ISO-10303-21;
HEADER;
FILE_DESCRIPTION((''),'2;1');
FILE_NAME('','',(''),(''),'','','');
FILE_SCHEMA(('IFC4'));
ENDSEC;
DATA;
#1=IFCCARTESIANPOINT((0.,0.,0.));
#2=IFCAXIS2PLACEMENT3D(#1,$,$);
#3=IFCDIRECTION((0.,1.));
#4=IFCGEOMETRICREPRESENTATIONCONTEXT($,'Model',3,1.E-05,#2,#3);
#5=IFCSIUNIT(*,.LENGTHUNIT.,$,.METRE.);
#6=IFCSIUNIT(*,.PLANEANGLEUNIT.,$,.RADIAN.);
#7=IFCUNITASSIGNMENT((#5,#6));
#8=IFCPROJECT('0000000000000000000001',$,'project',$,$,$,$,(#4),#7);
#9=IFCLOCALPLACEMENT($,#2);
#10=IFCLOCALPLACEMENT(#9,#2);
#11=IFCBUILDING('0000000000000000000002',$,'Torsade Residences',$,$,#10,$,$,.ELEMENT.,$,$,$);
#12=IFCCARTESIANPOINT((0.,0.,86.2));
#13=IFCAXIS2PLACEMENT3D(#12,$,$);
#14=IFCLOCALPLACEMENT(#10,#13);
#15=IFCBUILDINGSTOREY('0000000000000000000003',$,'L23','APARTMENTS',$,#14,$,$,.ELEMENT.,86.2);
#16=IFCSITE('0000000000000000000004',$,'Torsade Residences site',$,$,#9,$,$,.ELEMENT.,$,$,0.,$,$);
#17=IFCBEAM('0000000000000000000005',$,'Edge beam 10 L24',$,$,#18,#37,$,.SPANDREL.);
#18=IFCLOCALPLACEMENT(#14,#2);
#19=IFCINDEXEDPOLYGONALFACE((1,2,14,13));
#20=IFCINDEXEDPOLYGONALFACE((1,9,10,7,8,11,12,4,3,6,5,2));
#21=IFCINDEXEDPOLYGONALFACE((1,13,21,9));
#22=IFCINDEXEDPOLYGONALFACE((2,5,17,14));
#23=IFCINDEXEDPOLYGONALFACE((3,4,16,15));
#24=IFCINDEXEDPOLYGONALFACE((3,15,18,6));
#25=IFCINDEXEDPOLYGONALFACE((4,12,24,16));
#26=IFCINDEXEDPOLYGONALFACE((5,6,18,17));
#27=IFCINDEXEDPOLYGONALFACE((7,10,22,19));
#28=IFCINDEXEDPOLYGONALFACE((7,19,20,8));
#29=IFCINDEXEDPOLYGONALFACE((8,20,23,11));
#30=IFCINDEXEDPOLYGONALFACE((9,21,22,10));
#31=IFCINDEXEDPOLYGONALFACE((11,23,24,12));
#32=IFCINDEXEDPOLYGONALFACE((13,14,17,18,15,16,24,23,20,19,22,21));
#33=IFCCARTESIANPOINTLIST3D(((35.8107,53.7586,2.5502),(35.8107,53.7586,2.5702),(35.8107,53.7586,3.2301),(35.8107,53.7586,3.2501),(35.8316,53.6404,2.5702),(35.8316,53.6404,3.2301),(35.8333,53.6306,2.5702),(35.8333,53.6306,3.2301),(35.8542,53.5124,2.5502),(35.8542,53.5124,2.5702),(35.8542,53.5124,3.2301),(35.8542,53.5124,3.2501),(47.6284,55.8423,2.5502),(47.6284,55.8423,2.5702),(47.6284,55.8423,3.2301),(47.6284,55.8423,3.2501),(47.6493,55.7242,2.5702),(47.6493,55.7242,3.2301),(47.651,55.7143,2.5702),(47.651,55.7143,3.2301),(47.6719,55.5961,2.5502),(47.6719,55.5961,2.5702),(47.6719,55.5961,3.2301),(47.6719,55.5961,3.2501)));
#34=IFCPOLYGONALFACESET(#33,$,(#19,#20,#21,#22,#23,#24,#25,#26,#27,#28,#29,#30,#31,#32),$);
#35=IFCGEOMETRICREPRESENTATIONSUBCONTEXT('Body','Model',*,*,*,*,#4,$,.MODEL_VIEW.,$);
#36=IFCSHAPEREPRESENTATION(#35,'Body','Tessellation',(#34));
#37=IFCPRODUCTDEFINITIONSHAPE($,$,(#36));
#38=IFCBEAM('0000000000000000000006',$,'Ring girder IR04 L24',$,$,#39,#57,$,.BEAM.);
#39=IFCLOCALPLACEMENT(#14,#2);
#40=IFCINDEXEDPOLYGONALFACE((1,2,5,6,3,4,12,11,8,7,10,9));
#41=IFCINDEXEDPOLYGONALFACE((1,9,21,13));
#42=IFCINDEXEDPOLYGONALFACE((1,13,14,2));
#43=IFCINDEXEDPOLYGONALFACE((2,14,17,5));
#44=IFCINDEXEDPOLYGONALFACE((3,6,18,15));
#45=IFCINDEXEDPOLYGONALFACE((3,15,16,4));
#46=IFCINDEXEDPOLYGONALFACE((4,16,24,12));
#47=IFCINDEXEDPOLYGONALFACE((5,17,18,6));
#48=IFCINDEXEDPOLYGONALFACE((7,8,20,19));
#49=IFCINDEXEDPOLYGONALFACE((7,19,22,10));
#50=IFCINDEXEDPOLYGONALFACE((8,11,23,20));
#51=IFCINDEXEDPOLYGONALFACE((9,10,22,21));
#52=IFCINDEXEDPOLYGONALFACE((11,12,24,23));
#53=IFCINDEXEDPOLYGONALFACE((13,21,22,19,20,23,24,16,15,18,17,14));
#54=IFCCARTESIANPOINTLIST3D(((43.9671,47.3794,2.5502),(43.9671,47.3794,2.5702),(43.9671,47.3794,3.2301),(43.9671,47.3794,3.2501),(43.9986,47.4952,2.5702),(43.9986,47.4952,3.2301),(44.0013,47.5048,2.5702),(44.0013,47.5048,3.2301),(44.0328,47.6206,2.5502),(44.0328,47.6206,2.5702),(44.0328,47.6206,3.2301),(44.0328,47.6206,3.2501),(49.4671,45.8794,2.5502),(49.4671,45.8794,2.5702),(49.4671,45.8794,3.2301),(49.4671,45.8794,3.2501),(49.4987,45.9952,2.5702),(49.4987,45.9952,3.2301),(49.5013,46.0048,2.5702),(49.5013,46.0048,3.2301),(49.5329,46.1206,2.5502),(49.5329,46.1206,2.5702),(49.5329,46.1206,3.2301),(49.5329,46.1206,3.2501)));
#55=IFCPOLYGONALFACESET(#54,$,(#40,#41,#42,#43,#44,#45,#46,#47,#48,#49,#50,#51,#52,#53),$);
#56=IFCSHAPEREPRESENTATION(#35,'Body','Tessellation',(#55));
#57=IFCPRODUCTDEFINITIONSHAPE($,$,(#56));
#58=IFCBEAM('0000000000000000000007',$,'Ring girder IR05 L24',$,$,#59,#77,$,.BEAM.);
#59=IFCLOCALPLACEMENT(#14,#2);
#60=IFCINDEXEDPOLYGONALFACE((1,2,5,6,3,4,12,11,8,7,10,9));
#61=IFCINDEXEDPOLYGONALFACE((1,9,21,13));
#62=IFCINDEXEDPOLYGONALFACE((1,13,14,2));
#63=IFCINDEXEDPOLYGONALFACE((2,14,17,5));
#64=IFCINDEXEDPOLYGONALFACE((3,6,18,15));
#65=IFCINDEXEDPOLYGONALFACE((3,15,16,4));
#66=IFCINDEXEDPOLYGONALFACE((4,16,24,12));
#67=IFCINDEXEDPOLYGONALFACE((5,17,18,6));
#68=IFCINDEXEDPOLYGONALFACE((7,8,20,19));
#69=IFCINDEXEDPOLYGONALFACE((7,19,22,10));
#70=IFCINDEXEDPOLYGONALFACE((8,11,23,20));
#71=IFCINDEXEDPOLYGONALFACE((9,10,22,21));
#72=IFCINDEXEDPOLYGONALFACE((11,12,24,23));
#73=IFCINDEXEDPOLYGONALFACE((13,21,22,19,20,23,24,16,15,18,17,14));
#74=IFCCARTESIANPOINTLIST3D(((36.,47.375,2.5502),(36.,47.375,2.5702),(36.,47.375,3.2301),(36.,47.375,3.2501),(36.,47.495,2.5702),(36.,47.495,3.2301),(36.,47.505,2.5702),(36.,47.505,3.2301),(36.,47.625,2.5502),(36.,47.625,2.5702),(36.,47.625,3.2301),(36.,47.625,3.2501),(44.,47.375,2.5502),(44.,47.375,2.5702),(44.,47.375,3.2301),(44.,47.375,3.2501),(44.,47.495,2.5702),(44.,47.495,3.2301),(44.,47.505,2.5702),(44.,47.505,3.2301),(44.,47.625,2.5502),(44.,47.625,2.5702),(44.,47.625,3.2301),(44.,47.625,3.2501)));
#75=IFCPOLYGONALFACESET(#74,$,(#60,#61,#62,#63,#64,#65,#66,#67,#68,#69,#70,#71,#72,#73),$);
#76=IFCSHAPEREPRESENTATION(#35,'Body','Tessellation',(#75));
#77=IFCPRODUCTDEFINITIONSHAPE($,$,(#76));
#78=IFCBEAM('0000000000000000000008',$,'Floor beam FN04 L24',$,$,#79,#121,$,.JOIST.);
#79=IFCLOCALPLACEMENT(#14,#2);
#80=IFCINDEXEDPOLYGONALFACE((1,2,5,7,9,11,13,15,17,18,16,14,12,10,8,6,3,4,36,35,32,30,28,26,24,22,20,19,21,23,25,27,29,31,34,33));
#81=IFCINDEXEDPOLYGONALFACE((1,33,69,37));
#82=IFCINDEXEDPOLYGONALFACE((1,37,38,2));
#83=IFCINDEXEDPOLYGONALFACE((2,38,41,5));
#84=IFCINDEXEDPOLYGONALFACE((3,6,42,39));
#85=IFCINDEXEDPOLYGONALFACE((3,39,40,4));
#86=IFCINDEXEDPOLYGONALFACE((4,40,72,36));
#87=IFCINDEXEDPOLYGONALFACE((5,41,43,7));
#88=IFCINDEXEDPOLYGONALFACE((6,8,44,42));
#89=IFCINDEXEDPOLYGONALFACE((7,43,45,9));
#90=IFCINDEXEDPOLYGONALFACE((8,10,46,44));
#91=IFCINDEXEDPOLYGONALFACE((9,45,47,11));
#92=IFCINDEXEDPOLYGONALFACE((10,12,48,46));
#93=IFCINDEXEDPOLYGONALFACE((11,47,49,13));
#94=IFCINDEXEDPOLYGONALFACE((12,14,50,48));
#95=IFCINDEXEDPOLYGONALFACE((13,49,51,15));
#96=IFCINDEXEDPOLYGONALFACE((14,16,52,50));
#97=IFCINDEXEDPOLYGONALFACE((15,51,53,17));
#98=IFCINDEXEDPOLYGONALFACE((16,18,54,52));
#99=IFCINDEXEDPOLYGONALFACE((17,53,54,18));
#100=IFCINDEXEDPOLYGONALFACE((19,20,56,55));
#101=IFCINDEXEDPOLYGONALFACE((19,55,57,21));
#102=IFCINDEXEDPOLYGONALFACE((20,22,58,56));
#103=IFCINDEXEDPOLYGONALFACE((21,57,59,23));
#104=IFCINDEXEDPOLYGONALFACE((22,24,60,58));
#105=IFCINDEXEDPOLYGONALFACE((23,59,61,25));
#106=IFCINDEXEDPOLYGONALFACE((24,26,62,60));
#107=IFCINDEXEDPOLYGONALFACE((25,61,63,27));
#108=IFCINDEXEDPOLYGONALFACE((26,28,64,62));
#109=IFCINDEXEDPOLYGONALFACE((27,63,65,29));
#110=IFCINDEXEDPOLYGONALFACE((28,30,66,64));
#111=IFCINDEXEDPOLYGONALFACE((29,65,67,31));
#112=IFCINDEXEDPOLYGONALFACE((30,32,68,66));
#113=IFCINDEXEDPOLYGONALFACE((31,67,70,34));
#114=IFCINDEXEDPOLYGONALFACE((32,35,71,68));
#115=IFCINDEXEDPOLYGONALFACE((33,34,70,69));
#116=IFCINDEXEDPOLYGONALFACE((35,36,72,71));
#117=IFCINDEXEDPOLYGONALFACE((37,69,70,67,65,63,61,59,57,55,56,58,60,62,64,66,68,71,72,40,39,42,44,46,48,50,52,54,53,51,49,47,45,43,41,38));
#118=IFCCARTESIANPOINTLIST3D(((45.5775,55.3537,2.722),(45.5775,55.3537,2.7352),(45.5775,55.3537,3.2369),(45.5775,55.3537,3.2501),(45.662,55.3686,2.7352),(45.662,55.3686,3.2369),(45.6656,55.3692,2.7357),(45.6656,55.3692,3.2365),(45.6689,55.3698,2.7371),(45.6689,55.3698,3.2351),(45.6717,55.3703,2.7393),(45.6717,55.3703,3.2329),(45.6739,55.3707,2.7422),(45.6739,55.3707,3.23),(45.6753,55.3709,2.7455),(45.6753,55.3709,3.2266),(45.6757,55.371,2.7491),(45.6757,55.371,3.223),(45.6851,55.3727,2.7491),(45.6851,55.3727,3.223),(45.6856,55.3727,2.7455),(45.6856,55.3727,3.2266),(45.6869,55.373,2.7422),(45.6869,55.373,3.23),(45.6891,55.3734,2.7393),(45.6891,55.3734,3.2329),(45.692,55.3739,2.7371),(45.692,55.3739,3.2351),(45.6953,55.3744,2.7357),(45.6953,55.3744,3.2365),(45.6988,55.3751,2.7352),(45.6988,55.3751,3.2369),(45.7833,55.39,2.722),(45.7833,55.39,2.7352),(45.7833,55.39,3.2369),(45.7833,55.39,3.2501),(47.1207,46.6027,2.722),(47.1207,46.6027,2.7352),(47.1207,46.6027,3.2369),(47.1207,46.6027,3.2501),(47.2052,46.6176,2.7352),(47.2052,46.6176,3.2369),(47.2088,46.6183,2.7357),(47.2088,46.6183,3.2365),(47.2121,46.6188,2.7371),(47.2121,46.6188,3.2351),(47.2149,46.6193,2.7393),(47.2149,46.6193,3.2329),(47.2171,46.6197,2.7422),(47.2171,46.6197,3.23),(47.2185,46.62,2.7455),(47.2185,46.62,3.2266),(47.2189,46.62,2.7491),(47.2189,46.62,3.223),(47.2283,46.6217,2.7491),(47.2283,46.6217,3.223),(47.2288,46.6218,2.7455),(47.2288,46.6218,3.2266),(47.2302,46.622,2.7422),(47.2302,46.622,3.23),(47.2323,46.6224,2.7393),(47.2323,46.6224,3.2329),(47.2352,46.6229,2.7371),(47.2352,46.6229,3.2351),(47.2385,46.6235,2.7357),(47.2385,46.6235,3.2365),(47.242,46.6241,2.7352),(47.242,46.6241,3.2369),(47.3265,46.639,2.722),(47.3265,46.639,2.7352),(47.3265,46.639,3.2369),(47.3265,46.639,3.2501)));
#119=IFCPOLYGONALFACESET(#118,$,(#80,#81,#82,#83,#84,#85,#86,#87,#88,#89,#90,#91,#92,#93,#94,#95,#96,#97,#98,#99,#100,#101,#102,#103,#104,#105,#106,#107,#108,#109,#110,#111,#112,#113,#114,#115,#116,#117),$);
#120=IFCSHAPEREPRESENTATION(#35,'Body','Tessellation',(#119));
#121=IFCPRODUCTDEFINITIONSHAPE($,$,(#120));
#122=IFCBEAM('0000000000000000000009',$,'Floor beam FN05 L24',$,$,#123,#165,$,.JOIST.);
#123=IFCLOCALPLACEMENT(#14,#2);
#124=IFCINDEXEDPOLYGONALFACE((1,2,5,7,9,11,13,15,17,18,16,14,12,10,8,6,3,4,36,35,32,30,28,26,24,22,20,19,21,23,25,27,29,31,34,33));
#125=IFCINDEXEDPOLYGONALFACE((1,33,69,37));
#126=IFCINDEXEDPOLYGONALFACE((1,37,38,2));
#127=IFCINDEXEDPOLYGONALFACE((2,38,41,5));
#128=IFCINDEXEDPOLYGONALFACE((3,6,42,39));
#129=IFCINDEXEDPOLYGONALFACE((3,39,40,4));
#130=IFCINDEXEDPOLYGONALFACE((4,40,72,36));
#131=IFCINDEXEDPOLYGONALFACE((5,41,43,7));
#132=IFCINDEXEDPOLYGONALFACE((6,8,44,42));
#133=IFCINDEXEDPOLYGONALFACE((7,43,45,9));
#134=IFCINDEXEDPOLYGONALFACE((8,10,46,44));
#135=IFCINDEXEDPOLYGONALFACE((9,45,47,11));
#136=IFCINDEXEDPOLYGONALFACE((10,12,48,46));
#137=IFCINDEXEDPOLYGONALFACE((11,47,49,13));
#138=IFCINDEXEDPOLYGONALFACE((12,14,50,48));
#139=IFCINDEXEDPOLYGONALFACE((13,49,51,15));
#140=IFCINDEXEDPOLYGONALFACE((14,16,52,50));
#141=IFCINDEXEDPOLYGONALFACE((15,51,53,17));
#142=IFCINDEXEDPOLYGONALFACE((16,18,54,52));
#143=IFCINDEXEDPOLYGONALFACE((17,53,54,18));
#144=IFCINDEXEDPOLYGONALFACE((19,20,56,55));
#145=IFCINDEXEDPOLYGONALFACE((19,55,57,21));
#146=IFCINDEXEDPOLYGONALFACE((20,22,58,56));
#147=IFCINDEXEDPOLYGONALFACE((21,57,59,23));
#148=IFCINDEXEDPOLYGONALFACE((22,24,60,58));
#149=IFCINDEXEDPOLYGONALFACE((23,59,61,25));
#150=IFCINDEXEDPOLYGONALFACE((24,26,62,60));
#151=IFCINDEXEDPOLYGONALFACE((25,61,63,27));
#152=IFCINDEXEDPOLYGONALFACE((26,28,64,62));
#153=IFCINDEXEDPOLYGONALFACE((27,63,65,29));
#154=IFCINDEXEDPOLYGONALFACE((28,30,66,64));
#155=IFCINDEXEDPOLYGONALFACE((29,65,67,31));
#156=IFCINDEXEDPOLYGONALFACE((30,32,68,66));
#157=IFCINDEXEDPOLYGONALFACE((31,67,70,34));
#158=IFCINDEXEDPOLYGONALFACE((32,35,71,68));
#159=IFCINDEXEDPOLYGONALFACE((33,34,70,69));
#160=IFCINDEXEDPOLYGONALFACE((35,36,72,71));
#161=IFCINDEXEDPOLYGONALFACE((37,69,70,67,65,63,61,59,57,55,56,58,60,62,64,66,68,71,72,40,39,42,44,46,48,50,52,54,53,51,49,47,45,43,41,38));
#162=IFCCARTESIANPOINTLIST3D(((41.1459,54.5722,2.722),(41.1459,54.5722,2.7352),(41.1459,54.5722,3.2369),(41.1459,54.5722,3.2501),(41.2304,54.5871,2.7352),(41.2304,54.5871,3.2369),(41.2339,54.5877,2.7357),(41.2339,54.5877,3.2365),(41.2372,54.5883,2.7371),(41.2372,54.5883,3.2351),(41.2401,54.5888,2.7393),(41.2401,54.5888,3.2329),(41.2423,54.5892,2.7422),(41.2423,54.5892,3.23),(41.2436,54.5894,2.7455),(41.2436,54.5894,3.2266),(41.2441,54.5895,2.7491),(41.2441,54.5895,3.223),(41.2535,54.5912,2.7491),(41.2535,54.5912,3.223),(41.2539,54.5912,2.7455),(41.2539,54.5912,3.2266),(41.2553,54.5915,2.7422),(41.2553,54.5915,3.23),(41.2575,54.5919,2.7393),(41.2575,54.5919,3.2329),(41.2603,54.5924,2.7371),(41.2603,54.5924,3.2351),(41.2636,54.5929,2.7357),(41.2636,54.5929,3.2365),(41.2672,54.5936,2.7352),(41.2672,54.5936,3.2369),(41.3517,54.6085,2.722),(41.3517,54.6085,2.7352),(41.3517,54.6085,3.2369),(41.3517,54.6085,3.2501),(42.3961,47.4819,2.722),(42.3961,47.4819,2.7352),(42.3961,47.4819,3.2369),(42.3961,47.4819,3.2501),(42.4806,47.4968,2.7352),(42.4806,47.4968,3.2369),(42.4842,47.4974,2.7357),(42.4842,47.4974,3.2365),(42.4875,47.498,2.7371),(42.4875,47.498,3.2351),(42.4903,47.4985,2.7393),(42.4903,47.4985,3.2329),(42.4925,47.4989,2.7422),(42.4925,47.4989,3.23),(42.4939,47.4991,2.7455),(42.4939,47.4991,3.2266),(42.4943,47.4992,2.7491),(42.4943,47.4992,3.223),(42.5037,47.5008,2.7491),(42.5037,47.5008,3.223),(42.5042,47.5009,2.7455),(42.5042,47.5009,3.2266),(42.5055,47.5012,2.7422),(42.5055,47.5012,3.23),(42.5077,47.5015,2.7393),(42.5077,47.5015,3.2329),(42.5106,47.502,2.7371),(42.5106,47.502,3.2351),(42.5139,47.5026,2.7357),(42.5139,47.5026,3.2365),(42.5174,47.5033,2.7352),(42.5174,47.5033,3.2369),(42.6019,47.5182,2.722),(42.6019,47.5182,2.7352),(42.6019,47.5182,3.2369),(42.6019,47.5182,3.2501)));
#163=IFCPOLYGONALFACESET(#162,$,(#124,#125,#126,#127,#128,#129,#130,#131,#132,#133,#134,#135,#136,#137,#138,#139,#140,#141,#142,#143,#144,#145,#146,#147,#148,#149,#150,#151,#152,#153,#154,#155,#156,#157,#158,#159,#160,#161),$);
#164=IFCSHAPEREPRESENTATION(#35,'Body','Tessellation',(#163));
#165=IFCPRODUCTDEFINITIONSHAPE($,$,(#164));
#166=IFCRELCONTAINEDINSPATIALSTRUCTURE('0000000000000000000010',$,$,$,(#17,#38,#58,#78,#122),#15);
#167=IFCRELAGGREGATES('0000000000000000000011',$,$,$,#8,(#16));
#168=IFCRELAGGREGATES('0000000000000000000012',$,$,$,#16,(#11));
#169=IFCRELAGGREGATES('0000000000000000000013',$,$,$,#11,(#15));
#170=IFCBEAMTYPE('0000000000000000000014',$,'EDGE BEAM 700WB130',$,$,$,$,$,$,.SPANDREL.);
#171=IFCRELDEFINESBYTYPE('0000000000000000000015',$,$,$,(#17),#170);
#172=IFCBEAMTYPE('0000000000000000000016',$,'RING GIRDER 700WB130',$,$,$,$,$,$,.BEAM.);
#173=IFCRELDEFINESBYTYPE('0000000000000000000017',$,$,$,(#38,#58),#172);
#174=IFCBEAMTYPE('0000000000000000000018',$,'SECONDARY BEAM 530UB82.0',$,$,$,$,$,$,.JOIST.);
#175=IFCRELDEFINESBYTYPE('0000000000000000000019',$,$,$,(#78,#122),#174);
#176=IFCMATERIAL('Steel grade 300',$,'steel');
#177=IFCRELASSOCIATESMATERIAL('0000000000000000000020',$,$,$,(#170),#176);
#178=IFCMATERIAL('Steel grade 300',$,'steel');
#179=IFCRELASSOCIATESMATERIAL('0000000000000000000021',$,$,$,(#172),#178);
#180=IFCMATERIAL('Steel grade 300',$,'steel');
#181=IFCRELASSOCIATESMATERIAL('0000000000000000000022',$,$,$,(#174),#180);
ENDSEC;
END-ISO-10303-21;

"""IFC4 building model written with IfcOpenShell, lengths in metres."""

from ifc_helpers import new_model, si_unit, direction, frame, origin, origin_2d, place, context, subcontext, project, spatial, i_section, extrude, material, material_profile, profile_set, type_object, element, save


model = new_model("IFC4")

# Units and contexts
model_context = context("Model", 3, precision=1e-05, world=origin(), true_north=direction((0.0, 1.0)))
body_context = subcontext(model_context, "Body", "Model", "MODEL_VIEW")
ifc_project = project(units=[si_unit("LENGTHUNIT", "METRE"), si_unit("PLANEANGLEUNIT", "RADIAN")], contexts=[model_context])

# Site, building, storey
site_placement = place(None, origin())
site = spatial("IfcSite", under=ifc_project, at=site_placement, Name="Torsade Residences site", CompositionType="ELEMENT", RefElevation=0.0)
building_placement = place(site_placement, origin())
building = spatial("IfcBuilding", under=site, at=building_placement, Name="Torsade Residences", CompositionType="ELEMENT")
storey_placement = place(building_placement, frame((0.0, 0.0, 86.2)))
storey = spatial("IfcBuildingStorey", under=building, at=storey_placement, Name="L23", Description="APARTMENTS", CompositionType="ELEMENT", Elevation=86.2)

# Beams
ifc_material_1 = material(Name="Steel grade 300", Category="steel")
ifc_material_profile_1 = material_profile(ifc_material_1, i_section(OverallWidth=0.25, OverallDepth=0.7, WebThickness=0.01, FlangeThickness=0.02, at=origin_2d()), Name="700WB130")
ifc_profile_set_1 = profile_set([ifc_material_profile_1], Name="Steel grade 300")
beam_type_1 = type_object("IfcBeamType", Name="EDGE BEAM 700WB130", PredefinedType="SPANDREL", material=ifc_profile_set_1)
beam_1_placement = place(storey_placement, frame((47.6501, 55.7192, 2.9001), z_axis=(-0.984808, -0.173646, 0.0), x_axis=(0.173646, -0.984808, 0.0)))
element("IfcBeam", 1, at=beam_1_placement, inside=storey, type_object=beam_type_1, Name="Edge beam 10 L24", PredefinedType="SPANDREL", context=body_context, shape_type="SweptSolid", body=[
    extrude(i_section(OverallWidth=0.25, OverallDepth=0.7, WebThickness=0.01, FlangeThickness=0.02, at=origin_2d()), origin(), (0.0, 0.0, 1.0), 12.0),
])
ifc_material_2 = material(Name="Steel grade 300", Category="steel")
ifc_material_profile_2 = material_profile(ifc_material_2, i_section(OverallWidth=0.25, OverallDepth=0.7, WebThickness=0.01, FlangeThickness=0.02, at=origin_2d()), Name="700WB130")
ifc_profile_set_2 = profile_set([ifc_material_profile_2], Name="Steel grade 300")
beam_type_2 = type_object("IfcBeamType", Name="RING GIRDER 700WB130", PredefinedType="BEAM", material=ifc_profile_set_2)
beam_2_placement = place(storey_placement, frame((49.5, 46.0, 2.9001), z_axis=(-0.964764, 0.263117, 0.0), x_axis=(-0.263117, -0.964764, 0.0)))
element("IfcBeam", 2, at=beam_2_placement, inside=storey, type_object=beam_type_2, Name="Ring girder IR04 L24", PredefinedType="BEAM", context=body_context, shape_type="SweptSolid", body=[
    extrude(i_section(OverallWidth=0.25, OverallDepth=0.7, WebThickness=0.01, FlangeThickness=0.02, at=origin_2d()), origin(), (0.0, 0.0, 1.0), 5.7009),
])
beam_3_placement = place(storey_placement, frame((44.0, 47.5, 2.9001), z_axis=(-1.0, 0.0, 0.0), x_axis=(0.0, -1.0, 0.0)))
element("IfcBeam", 3, at=beam_3_placement, inside=storey, type_object=beam_type_2, Name="Ring girder IR05 L24", PredefinedType="BEAM", context=body_context, shape_type="SweptSolid", body=[
    extrude(i_section(OverallWidth=0.25, OverallDepth=0.7, WebThickness=0.01, FlangeThickness=0.02, at=origin_2d()), origin(), (0.0, 0.0, 1.0), 8.0),
])
ifc_material_3 = material(Name="Steel grade 300", Category="steel")
ifc_material_profile_3 = material_profile(ifc_material_3, i_section(OverallWidth=0.209, OverallDepth=0.5281, WebThickness=0.0095, FlangeThickness=0.0132, FilletRadius=0.0139, at=origin_2d()), Name="530UB82.0")
ifc_profile_set_3 = profile_set([ifc_material_profile_3], Name="Steel grade 300")
beam_type_3 = type_object("IfcBeamType", Name="SECONDARY BEAM 530UB82.0", PredefinedType="JOIST", material=ifc_profile_set_3)
beam_4_placement = place(storey_placement, frame((45.6804, 55.3718, 2.9861), z_axis=(0.173668, -0.984804, 0.0), x_axis=(0.984804, 0.173668, 0.0)))
element("IfcBeam", 4, at=beam_4_placement, inside=storey, type_object=beam_type_3, Name="Floor beam FN04 L24", PredefinedType="JOIST", context=body_context, shape_type="SweptSolid", body=[
    extrude(i_section(OverallWidth=0.209, OverallDepth=0.5281, WebThickness=0.0095, FlangeThickness=0.0132, FilletRadius=0.0139, at=origin_2d()), origin(), (0.0, 0.0, 1.0), 8.886),
])
beam_5_placement = place(storey_placement, frame((41.2488, 54.5903, 2.9861), z_axis=(0.173652, -0.984807, 0.0), x_axis=(0.984807, 0.173652, 0.0)))
element("IfcBeam", 5, at=beam_5_placement, inside=storey, type_object=beam_type_3, Name="Floor beam FN05 L24", PredefinedType="JOIST", context=body_context, shape_type="SweptSolid", body=[
    extrude(i_section(OverallWidth=0.209, OverallDepth=0.5281, WebThickness=0.0095, FlangeThickness=0.0132, FilletRadius=0.0139, at=origin_2d()), origin(), (0.0, 0.0, 1.0), 7.1997),
])

save(model, "model.ifc")
